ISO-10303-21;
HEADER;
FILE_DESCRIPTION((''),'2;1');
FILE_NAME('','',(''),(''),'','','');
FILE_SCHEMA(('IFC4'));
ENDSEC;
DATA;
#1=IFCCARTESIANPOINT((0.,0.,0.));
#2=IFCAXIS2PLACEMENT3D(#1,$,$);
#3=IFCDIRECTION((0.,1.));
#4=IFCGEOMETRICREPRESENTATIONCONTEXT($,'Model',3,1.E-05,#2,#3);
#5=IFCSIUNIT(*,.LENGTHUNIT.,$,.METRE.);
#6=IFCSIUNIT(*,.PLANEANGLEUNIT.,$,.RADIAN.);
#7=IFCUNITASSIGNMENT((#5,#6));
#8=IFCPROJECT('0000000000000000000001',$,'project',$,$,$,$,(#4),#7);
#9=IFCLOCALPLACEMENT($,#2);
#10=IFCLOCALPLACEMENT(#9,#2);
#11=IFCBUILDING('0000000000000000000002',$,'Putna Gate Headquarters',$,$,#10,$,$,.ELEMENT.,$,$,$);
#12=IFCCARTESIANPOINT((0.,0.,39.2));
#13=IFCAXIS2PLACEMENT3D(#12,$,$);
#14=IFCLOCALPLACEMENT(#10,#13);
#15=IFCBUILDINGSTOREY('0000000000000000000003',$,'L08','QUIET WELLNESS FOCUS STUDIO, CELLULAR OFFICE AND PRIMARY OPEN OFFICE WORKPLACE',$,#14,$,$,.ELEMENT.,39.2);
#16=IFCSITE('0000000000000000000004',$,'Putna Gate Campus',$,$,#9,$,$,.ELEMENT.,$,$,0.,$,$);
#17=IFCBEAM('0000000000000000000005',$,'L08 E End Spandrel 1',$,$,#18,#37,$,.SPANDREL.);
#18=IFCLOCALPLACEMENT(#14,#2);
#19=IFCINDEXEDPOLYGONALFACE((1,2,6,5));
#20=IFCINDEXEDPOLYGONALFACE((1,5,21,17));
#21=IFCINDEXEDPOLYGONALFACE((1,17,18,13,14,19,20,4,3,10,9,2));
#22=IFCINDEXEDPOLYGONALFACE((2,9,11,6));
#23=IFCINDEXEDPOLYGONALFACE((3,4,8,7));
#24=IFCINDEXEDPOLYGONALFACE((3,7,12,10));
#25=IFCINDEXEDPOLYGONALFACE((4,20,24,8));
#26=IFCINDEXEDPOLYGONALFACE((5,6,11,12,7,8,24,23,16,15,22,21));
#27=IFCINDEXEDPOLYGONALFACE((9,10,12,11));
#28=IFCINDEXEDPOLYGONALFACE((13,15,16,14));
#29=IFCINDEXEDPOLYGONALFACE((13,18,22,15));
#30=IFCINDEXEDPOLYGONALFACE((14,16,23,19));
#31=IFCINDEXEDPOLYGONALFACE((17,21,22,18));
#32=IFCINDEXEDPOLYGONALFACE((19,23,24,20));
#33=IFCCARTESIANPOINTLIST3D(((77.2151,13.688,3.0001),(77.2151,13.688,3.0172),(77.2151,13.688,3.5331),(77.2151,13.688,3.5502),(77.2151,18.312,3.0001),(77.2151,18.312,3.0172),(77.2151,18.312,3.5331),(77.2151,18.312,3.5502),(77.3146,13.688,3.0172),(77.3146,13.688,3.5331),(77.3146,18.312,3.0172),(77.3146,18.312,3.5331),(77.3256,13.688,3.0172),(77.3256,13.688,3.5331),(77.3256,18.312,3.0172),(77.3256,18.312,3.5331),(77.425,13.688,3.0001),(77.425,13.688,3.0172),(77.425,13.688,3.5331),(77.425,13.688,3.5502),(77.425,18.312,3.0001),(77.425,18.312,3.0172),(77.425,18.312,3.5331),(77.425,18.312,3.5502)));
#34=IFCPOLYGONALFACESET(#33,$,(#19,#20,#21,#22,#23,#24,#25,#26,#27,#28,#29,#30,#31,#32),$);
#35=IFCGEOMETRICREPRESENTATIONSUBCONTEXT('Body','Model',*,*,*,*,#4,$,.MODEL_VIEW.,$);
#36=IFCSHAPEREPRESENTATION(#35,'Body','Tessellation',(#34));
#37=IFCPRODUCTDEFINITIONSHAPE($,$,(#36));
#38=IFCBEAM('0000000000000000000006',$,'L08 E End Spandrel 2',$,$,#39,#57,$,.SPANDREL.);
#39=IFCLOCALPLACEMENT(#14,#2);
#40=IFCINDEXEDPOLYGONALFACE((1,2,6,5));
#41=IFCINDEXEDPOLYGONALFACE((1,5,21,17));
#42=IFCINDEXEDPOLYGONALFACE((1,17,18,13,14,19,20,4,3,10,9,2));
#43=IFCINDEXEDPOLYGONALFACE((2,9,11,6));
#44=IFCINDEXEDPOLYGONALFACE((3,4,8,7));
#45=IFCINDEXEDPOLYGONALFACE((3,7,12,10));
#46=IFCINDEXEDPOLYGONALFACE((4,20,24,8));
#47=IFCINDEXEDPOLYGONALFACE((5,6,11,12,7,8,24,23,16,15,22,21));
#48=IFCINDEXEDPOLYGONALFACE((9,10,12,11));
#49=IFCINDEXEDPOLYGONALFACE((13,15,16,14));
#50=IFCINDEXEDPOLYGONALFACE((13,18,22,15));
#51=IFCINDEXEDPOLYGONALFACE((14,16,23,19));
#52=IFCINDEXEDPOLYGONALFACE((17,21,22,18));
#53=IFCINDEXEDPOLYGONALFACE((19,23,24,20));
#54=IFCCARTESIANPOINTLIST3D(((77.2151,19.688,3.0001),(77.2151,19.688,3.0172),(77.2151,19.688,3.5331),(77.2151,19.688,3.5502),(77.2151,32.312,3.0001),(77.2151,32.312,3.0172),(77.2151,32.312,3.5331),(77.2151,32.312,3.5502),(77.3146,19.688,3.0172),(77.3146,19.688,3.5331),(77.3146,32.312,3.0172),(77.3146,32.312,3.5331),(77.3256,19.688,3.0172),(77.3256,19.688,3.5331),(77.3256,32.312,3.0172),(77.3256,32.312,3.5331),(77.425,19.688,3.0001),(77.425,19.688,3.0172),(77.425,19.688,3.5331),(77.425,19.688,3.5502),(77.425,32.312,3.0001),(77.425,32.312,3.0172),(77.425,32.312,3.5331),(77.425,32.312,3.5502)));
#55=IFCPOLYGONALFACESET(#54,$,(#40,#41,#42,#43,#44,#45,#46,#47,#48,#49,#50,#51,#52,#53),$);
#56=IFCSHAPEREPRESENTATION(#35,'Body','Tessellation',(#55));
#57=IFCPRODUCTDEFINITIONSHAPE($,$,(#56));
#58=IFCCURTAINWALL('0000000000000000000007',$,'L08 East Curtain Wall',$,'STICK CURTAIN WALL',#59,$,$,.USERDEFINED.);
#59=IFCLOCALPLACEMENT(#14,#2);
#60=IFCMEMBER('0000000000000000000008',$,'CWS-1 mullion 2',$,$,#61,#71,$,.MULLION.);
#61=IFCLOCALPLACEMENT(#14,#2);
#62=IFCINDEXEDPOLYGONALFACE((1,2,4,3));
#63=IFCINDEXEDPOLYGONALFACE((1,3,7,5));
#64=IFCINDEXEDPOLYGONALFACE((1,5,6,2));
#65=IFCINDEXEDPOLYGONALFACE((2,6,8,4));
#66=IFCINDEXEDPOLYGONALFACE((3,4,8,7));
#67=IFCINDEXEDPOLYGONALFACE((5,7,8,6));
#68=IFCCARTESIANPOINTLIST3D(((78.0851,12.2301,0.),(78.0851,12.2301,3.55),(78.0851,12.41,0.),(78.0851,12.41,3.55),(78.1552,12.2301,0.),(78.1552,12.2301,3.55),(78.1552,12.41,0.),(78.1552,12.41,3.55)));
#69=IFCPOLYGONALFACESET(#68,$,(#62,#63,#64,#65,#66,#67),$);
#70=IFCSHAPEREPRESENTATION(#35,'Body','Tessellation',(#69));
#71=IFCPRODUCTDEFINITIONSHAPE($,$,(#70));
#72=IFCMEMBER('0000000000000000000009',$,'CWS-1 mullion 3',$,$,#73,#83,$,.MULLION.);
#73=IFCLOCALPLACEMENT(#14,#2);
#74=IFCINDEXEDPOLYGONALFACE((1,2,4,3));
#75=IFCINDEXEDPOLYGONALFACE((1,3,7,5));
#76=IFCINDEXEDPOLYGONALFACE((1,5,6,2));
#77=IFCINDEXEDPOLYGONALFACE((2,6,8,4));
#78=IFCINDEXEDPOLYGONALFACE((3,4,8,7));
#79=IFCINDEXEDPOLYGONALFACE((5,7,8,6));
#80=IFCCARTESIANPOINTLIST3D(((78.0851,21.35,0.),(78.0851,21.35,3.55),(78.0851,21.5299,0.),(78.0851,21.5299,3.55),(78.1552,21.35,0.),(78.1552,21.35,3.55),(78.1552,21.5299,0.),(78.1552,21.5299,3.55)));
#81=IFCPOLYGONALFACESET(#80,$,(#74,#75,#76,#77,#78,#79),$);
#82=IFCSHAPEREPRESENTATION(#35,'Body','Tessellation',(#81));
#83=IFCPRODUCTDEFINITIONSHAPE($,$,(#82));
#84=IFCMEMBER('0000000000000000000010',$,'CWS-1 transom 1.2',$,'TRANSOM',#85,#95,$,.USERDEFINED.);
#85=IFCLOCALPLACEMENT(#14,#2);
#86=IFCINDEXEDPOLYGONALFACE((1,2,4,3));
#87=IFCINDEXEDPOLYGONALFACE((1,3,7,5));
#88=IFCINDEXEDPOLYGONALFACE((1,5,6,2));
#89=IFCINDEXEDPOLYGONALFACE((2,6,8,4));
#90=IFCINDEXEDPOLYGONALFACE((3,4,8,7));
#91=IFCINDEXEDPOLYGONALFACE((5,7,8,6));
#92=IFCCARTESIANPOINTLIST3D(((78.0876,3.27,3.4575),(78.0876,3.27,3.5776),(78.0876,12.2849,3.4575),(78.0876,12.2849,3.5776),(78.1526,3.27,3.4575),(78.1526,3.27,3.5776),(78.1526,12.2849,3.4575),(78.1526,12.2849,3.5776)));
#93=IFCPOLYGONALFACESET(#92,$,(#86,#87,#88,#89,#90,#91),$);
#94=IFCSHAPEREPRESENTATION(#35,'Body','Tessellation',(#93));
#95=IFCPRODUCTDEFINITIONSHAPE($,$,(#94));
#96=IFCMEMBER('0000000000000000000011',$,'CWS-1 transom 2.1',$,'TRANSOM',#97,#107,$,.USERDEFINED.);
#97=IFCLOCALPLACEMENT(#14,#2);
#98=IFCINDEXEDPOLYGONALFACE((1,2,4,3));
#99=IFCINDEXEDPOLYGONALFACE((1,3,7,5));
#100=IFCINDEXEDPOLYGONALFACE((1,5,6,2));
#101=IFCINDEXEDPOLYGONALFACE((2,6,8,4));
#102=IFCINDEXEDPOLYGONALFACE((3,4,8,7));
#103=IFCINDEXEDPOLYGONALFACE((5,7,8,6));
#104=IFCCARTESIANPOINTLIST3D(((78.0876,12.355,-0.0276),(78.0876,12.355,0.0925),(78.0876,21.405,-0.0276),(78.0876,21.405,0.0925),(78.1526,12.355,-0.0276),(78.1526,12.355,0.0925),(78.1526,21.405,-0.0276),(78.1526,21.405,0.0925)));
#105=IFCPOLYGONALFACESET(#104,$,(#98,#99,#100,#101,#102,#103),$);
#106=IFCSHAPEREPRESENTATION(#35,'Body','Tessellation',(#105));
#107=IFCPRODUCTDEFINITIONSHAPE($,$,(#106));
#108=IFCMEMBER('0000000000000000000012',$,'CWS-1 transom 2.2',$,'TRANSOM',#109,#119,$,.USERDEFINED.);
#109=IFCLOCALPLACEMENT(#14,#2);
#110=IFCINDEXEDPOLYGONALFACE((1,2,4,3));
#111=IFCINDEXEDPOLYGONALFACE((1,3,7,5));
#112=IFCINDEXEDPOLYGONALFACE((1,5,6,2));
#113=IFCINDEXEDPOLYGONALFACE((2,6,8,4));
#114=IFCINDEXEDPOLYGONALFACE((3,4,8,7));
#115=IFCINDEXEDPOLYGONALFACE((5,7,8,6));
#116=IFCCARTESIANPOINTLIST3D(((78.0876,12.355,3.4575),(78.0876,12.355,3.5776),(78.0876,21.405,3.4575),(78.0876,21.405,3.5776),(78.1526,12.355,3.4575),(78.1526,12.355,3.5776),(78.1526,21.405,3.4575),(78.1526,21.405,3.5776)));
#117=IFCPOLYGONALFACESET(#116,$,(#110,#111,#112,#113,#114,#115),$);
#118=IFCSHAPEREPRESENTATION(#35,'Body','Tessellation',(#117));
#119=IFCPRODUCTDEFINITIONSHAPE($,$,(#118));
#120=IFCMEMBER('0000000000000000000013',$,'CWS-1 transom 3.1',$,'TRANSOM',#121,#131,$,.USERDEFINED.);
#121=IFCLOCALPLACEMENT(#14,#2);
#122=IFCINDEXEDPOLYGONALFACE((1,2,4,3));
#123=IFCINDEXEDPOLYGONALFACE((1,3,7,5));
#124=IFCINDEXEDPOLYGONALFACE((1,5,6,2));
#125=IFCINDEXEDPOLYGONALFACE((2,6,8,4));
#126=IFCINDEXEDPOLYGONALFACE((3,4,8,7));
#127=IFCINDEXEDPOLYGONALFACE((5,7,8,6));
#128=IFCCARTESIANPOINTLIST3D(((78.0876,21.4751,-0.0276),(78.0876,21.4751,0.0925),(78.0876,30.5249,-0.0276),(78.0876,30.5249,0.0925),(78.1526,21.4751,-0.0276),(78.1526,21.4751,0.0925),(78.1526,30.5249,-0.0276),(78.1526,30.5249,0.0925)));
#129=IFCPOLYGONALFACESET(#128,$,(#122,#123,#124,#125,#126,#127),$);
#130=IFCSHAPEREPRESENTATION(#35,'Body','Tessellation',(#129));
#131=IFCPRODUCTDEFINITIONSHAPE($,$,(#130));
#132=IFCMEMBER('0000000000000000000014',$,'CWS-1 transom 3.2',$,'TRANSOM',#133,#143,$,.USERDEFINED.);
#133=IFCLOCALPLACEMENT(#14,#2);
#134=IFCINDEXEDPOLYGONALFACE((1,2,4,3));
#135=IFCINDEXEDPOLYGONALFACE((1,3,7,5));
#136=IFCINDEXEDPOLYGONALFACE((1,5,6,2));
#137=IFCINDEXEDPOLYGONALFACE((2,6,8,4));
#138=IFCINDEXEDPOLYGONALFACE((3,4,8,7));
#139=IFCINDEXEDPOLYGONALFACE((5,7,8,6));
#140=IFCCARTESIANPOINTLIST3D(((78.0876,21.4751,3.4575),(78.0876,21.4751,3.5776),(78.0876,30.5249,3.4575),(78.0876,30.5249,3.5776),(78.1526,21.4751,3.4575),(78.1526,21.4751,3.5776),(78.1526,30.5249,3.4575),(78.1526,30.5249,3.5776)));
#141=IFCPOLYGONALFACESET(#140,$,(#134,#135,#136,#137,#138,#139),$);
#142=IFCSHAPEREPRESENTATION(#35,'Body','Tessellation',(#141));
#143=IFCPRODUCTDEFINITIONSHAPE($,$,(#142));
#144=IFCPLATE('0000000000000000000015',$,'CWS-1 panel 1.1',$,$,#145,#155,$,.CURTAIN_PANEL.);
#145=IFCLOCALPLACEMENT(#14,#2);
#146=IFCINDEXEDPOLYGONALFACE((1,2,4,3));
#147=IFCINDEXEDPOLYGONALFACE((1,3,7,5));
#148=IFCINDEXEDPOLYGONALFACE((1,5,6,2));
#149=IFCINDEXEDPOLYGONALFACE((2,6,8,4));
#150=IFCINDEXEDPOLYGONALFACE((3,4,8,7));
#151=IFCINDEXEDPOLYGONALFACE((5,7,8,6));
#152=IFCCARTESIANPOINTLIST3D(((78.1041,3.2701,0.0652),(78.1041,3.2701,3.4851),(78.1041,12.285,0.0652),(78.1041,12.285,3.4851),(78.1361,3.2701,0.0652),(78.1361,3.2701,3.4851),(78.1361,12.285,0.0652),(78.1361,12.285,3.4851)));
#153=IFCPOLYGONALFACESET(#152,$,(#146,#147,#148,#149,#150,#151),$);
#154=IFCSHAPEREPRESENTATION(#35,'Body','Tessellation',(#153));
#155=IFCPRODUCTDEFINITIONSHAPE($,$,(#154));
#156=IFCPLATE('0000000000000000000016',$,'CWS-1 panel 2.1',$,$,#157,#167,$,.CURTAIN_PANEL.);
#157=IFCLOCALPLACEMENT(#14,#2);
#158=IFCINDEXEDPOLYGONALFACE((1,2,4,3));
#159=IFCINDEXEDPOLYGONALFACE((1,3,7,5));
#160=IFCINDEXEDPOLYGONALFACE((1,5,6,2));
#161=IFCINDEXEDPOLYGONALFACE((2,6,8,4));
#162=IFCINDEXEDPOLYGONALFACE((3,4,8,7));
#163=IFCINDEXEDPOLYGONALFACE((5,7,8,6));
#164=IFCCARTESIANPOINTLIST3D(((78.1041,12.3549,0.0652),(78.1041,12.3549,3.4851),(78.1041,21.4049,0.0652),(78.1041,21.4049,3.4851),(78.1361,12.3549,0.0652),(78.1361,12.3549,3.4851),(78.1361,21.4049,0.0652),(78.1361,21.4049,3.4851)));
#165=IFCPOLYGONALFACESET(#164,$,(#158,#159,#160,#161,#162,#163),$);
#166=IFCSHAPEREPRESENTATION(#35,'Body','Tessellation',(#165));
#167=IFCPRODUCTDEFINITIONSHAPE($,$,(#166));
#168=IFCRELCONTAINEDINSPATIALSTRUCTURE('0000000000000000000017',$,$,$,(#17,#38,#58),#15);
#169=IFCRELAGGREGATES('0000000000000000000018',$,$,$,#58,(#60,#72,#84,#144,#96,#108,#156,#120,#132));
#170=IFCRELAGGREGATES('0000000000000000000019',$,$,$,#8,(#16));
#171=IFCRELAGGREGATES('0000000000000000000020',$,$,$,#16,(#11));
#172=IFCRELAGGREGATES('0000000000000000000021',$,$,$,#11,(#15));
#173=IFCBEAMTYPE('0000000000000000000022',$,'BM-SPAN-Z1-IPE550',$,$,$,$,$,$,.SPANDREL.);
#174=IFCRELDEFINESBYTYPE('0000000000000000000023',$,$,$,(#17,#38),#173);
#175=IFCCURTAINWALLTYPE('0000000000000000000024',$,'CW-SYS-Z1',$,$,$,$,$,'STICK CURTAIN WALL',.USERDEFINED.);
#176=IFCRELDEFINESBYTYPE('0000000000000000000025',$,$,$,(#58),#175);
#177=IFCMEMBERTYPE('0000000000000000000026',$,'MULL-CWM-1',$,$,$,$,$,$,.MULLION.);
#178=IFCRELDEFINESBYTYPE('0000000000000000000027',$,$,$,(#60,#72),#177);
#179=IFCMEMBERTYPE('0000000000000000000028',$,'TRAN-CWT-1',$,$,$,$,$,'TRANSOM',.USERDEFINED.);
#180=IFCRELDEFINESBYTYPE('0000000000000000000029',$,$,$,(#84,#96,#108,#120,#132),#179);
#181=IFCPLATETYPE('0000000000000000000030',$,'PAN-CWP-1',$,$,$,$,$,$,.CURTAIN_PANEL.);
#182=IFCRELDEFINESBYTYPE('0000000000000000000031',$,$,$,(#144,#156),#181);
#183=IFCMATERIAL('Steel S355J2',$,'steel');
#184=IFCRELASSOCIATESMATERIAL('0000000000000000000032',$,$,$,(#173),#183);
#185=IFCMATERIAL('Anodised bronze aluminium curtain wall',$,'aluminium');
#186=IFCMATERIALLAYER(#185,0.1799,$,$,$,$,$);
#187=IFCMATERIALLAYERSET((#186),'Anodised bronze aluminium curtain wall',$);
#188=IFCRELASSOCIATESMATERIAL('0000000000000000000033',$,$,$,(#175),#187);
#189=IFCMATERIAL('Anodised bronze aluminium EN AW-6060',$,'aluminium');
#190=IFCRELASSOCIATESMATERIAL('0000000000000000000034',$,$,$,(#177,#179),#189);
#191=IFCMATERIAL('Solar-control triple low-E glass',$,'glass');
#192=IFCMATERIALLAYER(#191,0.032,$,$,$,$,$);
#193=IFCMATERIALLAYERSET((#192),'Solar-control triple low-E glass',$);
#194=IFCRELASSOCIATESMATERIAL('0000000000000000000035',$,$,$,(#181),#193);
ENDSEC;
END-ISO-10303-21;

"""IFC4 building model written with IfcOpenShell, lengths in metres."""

from ifc_helpers import new_model, si_unit, direction, frame, origin, origin_2d, place, context, subcontext, project, spatial, rectangle, i_section, extrude, material, layer, layer_set, material_profile, profile_set, type_object, element, aggregate, save


model = new_model("IFC4")

# Units and contexts
model_context = context("Model", 3, precision=1e-05, world=origin(), true_north=direction((0.0, 1.0)))
body_context = subcontext(model_context, "Body", "Model", "MODEL_VIEW")
ifc_project = project(units=[si_unit("LENGTHUNIT", "METRE"), si_unit("PLANEANGLEUNIT", "RADIAN")], contexts=[model_context])

# Site, building, storey
site_placement = place(None, origin())
site = spatial("IfcSite", under=ifc_project, at=site_placement, Name="Putna Gate Campus", CompositionType="ELEMENT", RefElevation=0.0)
building_placement = place(site_placement, origin())
building = spatial("IfcBuilding", under=site, at=building_placement, Name="Putna Gate Headquarters", CompositionType="ELEMENT")
storey_placement = place(building_placement, frame((0.0, 0.0, 39.2)))
storey = spatial("IfcBuildingStorey", under=building, at=storey_placement, Name="L08", Description="QUIET WELLNESS FOCUS STUDIO, CELLULAR OFFICE AND PRIMARY OPEN OFFICE WORKPLACE", CompositionType="ELEMENT", Elevation=39.2)

# Beams
ifc_material_1 = material(Name="Steel S355J2", Category="steel")
ifc_material_profile_1 = material_profile(ifc_material_1, i_section(OverallWidth=0.21, OverallDepth=0.55, WebThickness=0.011, FlangeThickness=0.0171, at=origin_2d()), Name="Steel S355J2")
ifc_profile_set_1 = profile_set([ifc_material_profile_1], Name="Steel S355J2")
beam_type_1 = type_object("IfcBeamType", Name="BM-SPAN-Z1-IPE550", PredefinedType="SPANDREL", material=ifc_profile_set_1)
beam_1_placement = place(storey_placement, frame((77.3201, 13.688, 3.2751), z_axis=(0.0, 1.0, 0.0), x_axis=(-1.0, 0.0, 0.0)))
element("IfcBeam", 1, at=beam_1_placement, inside=storey, type_object=beam_type_1, Name="L08 E End Spandrel 1", PredefinedType="SPANDREL", context=body_context, shape_type="SweptSolid", body=[
    extrude(i_section(OverallWidth=0.21, OverallDepth=0.55, WebThickness=0.011, FlangeThickness=0.0171, at=origin_2d()), origin(), (0.0, 0.0, 1.0), 4.624),
])
beam_2_placement = place(storey_placement, frame((77.3201, 19.688, 3.2751), z_axis=(0.0, 1.0, 0.0), x_axis=(-1.0, 0.0, 0.0)))
element("IfcBeam", 2, at=beam_2_placement, inside=storey, type_object=beam_type_1, Name="L08 E End Spandrel 2", PredefinedType="SPANDREL", context=body_context, shape_type="SweptSolid", body=[
    extrude(i_section(OverallWidth=0.21, OverallDepth=0.55, WebThickness=0.011, FlangeThickness=0.0171, at=origin_2d()), origin(), (0.0, 0.0, 1.0), 12.624),
])

# Curtain wall, members, plates
ifc_material_2 = material(Name="Anodised bronze aluminium curtain wall", Category="aluminium")
ifc_layer_1 = layer(ifc_material_2, 0.1799)
ifc_layer_set_1 = layer_set([ifc_layer_1], Name="Anodised bronze aluminium curtain wall")
curtain_wall_type = type_object("IfcCurtainWallType", Name="CW-SYS-Z1", ElementType="STICK CURTAIN WALL", PredefinedType="USERDEFINED", material=ifc_layer_set_1)
curtain_wall_placement = place(storey_placement, origin())
curtain_wall = element("IfcCurtainWall", 3, at=curtain_wall_placement, inside=storey, type_object=curtain_wall_type, Name="L08 East Curtain Wall", ObjectType="STICK CURTAIN WALL", PredefinedType="USERDEFINED")
ifc_material_3 = material(Name="Anodised bronze aluminium EN AW-6060", Category="aluminium")
ifc_material_profile_2 = material_profile(ifc_material_3, rectangle(XDim=0.0701, YDim=0.1799, at=origin_2d()), Name="Anodised bronze aluminium EN AW-6060")
ifc_profile_set_2 = profile_set([ifc_material_profile_2], Name="Anodised bronze aluminium EN AW-6060")
member_type_1 = type_object("IfcMemberType", Name="MULL-CWM-1", PredefinedType="MULLION", material=ifc_profile_set_2)
member_1_placement = place(storey_placement, frame((78.1201, 12.3201, 0.0), z_axis=(0.0, 0.0, 1.0), x_axis=(-1.0, 0.0, 0.0)))
member_1 = element("IfcMember", 4, at=member_1_placement, type_object=member_type_1, Name="CWS-1 mullion 2", PredefinedType="MULLION", context=body_context, shape_type="SweptSolid", body=[
    extrude(rectangle(XDim=0.0701, YDim=0.1799, at=origin_2d()), origin(), (0.0, 0.0, 1.0), 3.55),
])
member_2_placement = place(storey_placement, frame((78.1201, 21.4399, 0.0), z_axis=(0.0, 0.0, 1.0), x_axis=(-1.0, 0.0, 0.0)))
member_2 = element("IfcMember", 5, at=member_2_placement, type_object=member_type_1, Name="CWS-1 mullion 3", PredefinedType="MULLION", context=body_context, shape_type="SweptSolid", body=[
    extrude(rectangle(XDim=0.0701, YDim=0.1799, at=origin_2d()), origin(), (0.0, 0.0, 1.0), 3.55),
])
ifc_material_profile_3 = material_profile(ifc_material_3, rectangle(XDim=0.0649, YDim=0.1201, at=origin_2d()), Name="Anodised bronze aluminium EN AW-6060")
ifc_profile_set_3 = profile_set([ifc_material_profile_3], Name="Anodised bronze aluminium EN AW-6060")
member_type_2 = type_object("IfcMemberType", Name="TRAN-CWT-1", ElementType="TRANSOM", PredefinedType="USERDEFINED", material=ifc_profile_set_3)
member_3_placement = place(storey_placement, frame((78.1201, 3.27, 3.5176), z_axis=(0.0, 1.0, 0.0), x_axis=(-1.0, 0.0, 0.0)))
member_3 = element("IfcMember", 6, at=member_3_placement, type_object=member_type_2, Name="CWS-1 transom 1.2", ObjectType="TRANSOM", PredefinedType="USERDEFINED", context=body_context, shape_type="SweptSolid", body=[
    extrude(rectangle(XDim=0.0649, YDim=0.1201, at=origin_2d()), origin(), (0.0, 0.0, 1.0), 9.0149),
])
member_4_placement = place(storey_placement, frame((78.1201, 12.355, 0.0325), z_axis=(0.0, 1.0, 0.0), x_axis=(-1.0, 0.0, 0.0)))
member_4 = element("IfcMember", 7, at=member_4_placement, type_object=member_type_2, Name="CWS-1 transom 2.1", ObjectType="TRANSOM", PredefinedType="USERDEFINED", context=body_context, shape_type="SweptSolid", body=[
    extrude(rectangle(XDim=0.0649, YDim=0.1201, at=origin_2d()), origin(), (0.0, 0.0, 1.0), 9.05),
])
member_5_placement = place(storey_placement, frame((78.1201, 12.355, 3.5176), z_axis=(0.0, 1.0, 0.0), x_axis=(-1.0, 0.0, 0.0)))
member_5 = element("IfcMember", 8, at=member_5_placement, type_object=member_type_2, Name="CWS-1 transom 2.2", ObjectType="TRANSOM", PredefinedType="USERDEFINED", context=body_context, shape_type="SweptSolid", body=[
    extrude(rectangle(XDim=0.0649, YDim=0.1201, at=origin_2d()), origin(), (0.0, 0.0, 1.0), 9.05),
])
member_6_placement = place(storey_placement, frame((78.1201, 21.4751, 0.0325), z_axis=(0.0, 1.0, 0.0), x_axis=(-1.0, 0.0, 0.0)))
member_6 = element("IfcMember", 9, at=member_6_placement, type_object=member_type_2, Name="CWS-1 transom 3.1", ObjectType="TRANSOM", PredefinedType="USERDEFINED", context=body_context, shape_type="SweptSolid", body=[
    extrude(rectangle(XDim=0.0649, YDim=0.1201, at=origin_2d()), origin(), (0.0, 0.0, 1.0), 9.0498),
])
member_7_placement = place(storey_placement, frame((78.1201, 21.4751, 3.5176), z_axis=(0.0, 1.0, 0.0), x_axis=(-1.0, 0.0, 0.0)))
member_7 = element("IfcMember", 10, at=member_7_placement, type_object=member_type_2, Name="CWS-1 transom 3.2", ObjectType="TRANSOM", PredefinedType="USERDEFINED", context=body_context, shape_type="SweptSolid", body=[
    extrude(rectangle(XDim=0.0649, YDim=0.1201, at=origin_2d()), origin(), (0.0, 0.0, 1.0), 9.0498),
])
ifc_material_4 = material(Name="Solar-control triple low-E glass", Category="glass")
ifc_layer_2 = layer(ifc_material_4, 0.032)
ifc_layer_set_2 = layer_set([ifc_layer_2], Name="Solar-control triple low-E glass")
plate_type = type_object("IfcPlateType", Name="PAN-CWP-1", PredefinedType="CURTAIN_PANEL", material=ifc_layer_set_2)
plate_1_placement = place(storey_placement, frame((78.1201, 7.7776, 0.0652), z_axis=(0.0, 0.0, 1.0), x_axis=(0.0, 1.0, 0.0)))
plate_1 = element("IfcPlate", 11, at=plate_1_placement, type_object=plate_type, Name="CWS-1 panel 1.1", PredefinedType="CURTAIN_PANEL", context=body_context, shape_type="SweptSolid", body=[
    extrude(rectangle(XDim=9.0149, YDim=0.032, at=origin_2d()), origin(), (0.0, 0.0, 1.0), 3.4199),
])
plate_2_placement = place(storey_placement, frame((78.1201, 16.8799, 0.0652), z_axis=(0.0, 0.0, 1.0), x_axis=(0.0, 1.0, 0.0)))
plate_2 = element("IfcPlate", 12, at=plate_2_placement, type_object=plate_type, Name="CWS-1 panel 2.1", PredefinedType="CURTAIN_PANEL", context=body_context, shape_type="SweptSolid", body=[
    extrude(rectangle(XDim=9.05, YDim=0.032, at=origin_2d()), origin(), (0.0, 0.0, 1.0), 3.4199),
])
aggregate(curtain_wall, [member_1, member_2, member_3, plate_1, member_4, member_5, plate_2, member_6, member_7])

save(model, "model.ifc")
